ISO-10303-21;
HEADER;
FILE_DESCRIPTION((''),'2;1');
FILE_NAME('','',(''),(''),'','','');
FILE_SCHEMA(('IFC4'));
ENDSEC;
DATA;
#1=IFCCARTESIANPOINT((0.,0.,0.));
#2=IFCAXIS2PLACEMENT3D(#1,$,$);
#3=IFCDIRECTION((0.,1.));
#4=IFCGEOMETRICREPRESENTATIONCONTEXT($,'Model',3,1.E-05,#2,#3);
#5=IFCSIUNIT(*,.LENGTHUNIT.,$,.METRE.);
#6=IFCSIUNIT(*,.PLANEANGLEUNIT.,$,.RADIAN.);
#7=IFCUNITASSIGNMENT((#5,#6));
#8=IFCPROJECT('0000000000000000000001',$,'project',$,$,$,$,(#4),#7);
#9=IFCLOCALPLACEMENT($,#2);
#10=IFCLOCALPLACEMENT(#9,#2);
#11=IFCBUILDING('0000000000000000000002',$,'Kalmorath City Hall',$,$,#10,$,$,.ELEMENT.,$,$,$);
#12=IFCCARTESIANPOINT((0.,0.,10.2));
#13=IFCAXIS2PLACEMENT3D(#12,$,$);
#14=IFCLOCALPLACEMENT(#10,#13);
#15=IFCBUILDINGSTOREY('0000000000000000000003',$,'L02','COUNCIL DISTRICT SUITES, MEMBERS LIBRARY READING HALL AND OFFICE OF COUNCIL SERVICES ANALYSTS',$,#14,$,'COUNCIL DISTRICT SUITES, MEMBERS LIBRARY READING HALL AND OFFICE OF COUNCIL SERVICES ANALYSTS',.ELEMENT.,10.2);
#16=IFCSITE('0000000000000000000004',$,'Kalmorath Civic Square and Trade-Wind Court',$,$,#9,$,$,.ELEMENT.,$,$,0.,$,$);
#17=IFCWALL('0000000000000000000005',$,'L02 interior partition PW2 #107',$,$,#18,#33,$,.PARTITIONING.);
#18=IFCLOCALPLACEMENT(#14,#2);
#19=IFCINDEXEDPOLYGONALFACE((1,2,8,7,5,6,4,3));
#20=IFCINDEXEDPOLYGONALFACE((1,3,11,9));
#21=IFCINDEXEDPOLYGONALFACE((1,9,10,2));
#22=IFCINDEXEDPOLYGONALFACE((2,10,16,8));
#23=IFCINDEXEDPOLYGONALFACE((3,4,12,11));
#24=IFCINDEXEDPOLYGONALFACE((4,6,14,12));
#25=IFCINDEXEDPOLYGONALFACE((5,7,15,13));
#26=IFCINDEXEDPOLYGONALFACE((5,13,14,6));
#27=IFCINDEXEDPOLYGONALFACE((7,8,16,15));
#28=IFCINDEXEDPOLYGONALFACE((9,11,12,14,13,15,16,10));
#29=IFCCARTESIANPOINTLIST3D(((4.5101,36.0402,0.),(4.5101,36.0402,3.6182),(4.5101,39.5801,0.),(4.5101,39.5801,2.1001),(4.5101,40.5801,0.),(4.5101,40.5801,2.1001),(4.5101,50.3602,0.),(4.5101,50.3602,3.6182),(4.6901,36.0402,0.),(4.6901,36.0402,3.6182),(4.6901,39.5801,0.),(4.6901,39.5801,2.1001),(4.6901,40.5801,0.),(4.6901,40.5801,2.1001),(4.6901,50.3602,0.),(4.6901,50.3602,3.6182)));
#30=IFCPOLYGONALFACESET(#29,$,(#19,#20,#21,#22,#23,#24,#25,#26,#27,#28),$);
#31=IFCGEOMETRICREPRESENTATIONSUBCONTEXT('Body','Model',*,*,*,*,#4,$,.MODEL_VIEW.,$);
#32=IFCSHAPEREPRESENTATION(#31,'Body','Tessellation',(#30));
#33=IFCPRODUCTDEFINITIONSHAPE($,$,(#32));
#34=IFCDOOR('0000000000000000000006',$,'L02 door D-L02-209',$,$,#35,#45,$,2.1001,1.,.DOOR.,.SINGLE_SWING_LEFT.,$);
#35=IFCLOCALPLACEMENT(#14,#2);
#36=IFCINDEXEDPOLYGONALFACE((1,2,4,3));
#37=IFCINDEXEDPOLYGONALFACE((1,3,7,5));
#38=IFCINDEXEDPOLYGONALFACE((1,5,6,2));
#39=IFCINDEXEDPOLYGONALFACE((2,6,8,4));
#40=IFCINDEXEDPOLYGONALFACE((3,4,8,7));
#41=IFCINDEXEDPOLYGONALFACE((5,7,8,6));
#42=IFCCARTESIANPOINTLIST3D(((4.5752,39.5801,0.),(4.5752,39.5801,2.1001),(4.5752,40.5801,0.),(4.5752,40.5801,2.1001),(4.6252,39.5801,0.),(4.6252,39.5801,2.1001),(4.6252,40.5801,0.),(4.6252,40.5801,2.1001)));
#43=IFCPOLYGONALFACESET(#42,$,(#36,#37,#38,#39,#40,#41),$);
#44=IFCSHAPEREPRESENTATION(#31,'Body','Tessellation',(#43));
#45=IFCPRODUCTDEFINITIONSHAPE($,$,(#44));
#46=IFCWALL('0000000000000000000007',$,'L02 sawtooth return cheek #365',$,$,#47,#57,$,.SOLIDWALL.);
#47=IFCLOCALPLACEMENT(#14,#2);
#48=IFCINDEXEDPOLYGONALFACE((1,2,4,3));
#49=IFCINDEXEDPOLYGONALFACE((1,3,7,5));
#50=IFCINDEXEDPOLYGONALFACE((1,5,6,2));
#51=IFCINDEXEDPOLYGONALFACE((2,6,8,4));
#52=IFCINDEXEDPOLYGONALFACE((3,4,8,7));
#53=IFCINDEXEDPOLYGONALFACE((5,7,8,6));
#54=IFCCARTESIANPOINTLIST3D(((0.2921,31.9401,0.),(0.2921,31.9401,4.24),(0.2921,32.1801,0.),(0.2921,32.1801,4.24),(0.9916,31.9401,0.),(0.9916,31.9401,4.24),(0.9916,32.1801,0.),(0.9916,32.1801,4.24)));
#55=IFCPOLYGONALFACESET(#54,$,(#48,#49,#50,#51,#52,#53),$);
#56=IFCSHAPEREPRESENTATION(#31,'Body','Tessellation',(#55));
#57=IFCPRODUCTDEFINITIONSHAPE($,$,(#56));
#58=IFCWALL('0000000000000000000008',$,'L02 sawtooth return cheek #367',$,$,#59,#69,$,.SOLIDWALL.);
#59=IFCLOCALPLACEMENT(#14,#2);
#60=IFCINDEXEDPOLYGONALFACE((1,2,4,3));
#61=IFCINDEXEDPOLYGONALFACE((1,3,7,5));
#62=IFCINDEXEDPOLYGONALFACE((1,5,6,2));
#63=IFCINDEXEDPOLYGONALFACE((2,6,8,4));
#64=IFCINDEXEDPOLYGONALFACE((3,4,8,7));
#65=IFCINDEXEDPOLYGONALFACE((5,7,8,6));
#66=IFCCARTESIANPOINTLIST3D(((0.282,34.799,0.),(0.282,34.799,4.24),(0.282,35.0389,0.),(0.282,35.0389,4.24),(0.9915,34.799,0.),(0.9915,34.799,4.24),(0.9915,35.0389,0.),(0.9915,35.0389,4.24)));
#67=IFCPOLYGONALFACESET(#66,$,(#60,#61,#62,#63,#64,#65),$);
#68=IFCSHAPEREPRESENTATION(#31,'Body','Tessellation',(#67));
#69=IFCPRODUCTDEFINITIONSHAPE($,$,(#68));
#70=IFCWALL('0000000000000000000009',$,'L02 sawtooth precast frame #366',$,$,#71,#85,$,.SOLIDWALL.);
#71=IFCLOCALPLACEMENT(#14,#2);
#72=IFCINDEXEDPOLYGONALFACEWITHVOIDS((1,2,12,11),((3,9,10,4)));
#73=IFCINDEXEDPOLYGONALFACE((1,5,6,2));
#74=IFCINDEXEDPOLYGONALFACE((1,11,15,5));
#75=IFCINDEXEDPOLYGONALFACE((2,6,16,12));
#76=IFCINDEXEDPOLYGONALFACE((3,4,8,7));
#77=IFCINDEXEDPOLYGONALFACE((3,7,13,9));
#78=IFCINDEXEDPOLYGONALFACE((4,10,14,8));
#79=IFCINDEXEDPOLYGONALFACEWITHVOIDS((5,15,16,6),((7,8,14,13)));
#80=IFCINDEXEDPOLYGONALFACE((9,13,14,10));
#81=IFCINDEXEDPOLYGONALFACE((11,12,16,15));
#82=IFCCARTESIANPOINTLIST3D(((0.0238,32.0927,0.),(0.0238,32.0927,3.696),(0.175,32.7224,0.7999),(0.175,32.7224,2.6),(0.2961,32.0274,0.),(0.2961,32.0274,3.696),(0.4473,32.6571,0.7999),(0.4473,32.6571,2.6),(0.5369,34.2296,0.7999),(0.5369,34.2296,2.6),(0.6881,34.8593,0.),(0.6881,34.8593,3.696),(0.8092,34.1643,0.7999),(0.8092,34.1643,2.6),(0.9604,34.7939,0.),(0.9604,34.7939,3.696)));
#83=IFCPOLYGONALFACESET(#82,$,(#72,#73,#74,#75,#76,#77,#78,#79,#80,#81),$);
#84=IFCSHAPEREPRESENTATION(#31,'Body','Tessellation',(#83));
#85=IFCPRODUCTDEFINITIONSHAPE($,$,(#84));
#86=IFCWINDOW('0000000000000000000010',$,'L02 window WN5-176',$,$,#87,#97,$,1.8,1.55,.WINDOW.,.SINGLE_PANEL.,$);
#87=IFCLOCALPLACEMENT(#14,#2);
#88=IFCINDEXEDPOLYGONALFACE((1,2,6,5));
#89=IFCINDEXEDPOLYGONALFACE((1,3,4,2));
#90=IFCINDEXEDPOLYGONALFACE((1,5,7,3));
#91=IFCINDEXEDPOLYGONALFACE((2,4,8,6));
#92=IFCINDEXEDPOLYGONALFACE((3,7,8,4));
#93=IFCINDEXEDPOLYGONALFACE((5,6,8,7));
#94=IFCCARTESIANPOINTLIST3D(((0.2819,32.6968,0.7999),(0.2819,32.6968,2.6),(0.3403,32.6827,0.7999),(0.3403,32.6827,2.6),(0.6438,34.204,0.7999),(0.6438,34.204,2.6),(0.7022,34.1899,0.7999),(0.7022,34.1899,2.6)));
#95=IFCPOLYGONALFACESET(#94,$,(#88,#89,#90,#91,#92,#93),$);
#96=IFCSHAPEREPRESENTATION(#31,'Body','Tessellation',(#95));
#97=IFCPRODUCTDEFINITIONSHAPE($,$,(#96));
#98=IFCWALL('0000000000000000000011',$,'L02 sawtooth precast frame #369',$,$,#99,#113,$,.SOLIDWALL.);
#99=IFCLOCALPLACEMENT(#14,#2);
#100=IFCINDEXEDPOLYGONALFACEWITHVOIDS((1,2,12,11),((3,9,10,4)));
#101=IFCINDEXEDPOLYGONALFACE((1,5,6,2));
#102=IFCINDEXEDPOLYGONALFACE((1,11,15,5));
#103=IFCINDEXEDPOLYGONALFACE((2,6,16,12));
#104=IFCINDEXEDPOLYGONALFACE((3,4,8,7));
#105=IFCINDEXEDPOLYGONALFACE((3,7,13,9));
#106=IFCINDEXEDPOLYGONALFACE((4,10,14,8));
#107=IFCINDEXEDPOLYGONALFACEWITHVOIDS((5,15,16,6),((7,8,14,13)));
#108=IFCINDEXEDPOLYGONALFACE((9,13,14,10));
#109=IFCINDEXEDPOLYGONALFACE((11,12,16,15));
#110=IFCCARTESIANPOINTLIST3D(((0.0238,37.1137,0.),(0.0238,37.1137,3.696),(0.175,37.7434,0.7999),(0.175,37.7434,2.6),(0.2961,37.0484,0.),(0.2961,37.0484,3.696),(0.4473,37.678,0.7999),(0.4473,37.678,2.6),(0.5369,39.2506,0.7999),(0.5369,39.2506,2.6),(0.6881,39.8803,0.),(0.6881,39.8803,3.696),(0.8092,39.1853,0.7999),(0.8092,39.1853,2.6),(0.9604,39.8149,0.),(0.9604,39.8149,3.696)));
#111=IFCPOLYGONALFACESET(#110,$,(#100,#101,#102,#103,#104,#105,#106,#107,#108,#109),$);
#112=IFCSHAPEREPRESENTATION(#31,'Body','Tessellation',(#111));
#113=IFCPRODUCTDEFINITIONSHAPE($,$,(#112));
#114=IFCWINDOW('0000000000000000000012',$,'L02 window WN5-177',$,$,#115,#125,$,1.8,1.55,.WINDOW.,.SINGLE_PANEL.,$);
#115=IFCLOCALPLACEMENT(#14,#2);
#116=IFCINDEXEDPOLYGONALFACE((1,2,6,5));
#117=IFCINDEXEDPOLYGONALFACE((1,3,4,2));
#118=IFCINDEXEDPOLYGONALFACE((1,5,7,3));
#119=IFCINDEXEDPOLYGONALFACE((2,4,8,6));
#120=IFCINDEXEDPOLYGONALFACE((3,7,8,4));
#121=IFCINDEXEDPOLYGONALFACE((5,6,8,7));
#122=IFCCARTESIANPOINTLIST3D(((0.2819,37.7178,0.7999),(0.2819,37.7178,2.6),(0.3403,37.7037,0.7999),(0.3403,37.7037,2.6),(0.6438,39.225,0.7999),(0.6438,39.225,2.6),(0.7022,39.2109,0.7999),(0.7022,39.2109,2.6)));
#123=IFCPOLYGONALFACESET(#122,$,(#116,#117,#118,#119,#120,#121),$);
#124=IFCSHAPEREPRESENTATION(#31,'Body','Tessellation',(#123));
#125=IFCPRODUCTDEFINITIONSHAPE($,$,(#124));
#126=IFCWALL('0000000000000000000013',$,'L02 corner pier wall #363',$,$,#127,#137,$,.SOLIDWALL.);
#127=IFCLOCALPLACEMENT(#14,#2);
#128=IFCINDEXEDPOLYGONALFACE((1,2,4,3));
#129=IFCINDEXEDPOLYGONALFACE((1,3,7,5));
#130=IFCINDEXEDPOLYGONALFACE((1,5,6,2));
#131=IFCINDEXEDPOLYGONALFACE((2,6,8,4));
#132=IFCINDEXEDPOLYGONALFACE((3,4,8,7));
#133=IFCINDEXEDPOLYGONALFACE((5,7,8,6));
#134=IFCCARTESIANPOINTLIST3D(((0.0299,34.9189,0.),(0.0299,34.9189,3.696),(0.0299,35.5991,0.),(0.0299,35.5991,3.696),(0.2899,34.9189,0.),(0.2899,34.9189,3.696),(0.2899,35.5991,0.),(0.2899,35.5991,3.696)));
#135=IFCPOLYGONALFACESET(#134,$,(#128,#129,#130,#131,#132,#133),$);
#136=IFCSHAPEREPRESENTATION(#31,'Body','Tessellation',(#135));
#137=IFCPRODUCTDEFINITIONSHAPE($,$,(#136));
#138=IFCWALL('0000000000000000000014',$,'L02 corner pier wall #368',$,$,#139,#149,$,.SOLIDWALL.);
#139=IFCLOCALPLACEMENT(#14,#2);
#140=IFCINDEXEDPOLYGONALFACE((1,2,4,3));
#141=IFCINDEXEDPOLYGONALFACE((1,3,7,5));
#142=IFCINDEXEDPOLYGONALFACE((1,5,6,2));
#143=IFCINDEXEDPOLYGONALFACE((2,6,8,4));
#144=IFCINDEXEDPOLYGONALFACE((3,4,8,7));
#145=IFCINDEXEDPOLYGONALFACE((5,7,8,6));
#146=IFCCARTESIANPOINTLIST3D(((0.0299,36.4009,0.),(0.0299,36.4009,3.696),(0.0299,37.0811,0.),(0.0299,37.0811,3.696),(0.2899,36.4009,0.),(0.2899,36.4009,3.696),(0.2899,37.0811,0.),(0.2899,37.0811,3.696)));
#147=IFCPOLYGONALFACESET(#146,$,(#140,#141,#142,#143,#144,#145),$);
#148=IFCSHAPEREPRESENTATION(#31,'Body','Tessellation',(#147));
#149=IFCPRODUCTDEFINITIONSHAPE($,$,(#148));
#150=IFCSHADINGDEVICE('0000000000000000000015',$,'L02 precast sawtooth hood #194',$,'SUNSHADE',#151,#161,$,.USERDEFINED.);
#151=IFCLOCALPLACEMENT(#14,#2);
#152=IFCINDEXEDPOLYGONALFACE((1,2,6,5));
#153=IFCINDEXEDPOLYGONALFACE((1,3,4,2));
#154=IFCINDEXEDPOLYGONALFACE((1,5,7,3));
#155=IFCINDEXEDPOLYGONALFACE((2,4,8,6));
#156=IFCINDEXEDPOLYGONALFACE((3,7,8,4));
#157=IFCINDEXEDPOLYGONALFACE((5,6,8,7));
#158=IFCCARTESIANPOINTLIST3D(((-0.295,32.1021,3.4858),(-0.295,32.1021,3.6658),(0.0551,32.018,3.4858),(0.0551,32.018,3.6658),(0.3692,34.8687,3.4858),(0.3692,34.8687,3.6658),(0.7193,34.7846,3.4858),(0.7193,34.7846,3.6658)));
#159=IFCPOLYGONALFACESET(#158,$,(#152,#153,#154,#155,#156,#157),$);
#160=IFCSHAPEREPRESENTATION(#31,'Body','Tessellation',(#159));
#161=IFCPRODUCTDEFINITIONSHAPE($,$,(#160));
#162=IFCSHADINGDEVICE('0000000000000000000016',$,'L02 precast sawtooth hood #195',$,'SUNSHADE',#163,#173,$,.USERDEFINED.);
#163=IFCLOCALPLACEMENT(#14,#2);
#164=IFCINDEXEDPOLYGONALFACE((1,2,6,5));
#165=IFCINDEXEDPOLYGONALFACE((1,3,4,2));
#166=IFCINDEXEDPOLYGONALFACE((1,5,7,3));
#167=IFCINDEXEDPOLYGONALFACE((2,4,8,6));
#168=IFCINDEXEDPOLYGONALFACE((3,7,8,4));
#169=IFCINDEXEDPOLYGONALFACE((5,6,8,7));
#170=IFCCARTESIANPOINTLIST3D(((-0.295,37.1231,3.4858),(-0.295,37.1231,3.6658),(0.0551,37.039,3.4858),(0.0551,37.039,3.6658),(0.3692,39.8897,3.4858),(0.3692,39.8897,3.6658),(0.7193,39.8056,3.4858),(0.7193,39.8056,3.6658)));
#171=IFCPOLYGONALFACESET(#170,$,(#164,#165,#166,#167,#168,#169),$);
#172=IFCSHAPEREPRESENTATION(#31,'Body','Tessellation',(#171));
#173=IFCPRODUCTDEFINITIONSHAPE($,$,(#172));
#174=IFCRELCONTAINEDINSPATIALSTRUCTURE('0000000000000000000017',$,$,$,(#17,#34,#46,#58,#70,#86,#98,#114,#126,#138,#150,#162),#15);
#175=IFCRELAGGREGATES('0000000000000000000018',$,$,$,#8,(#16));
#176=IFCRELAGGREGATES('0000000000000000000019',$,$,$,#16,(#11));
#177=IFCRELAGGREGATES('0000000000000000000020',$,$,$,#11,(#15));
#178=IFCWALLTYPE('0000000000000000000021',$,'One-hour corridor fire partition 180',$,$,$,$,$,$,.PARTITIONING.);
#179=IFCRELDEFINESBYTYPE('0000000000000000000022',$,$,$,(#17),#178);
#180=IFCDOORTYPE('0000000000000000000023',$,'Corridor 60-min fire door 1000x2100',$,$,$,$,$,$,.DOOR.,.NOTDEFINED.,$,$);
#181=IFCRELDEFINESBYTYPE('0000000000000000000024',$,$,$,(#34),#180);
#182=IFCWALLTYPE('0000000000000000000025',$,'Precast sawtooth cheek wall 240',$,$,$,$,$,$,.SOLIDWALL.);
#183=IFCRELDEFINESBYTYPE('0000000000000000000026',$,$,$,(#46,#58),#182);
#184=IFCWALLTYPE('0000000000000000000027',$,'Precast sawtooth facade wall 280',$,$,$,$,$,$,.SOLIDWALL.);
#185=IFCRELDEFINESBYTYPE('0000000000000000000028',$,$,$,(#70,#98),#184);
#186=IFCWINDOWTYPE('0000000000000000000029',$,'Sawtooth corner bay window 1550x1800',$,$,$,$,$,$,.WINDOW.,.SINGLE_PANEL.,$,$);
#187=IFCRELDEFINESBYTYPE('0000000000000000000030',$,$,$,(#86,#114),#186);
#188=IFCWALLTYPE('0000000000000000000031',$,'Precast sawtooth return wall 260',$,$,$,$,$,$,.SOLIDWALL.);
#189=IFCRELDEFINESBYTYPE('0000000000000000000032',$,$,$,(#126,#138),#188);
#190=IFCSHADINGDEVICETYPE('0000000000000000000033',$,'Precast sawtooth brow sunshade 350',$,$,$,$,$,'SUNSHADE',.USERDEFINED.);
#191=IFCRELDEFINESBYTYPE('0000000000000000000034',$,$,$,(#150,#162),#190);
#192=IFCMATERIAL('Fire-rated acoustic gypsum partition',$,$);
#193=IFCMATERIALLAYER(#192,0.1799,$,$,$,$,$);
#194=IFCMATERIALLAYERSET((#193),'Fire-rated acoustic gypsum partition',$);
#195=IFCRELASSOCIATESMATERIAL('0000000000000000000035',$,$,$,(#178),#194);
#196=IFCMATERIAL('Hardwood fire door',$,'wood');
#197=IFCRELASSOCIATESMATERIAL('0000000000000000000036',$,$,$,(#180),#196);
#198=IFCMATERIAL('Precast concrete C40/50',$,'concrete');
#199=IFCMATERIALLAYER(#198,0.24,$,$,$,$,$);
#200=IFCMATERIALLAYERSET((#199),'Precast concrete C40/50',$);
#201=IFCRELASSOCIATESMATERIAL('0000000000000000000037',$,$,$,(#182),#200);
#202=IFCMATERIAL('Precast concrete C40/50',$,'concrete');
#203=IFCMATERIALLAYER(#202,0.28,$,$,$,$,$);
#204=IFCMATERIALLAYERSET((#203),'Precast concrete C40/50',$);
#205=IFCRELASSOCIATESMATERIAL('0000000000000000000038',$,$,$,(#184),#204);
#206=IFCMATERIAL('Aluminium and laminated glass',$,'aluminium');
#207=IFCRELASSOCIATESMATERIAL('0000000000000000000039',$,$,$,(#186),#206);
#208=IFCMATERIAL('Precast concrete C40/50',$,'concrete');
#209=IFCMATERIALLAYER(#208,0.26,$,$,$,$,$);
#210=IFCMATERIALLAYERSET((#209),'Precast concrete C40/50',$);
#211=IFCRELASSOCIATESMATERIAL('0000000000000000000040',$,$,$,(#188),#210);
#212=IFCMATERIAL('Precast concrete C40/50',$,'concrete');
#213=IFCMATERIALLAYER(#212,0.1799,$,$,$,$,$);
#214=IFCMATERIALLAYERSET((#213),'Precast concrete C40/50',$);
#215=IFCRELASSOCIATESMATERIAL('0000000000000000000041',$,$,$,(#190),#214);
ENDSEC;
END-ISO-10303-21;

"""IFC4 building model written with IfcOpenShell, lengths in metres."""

from ifc_helpers import new_model, si_unit, direction, frame, frame_2d, origin, origin_2d, place, context, subcontext, project, spatial, rectangle, extrude, material, layer, layer_set, type_object, element, fill, save


model = new_model("IFC4")

# Units and contexts
model_context = context("Model", 3, precision=1e-05, world=origin(), true_north=direction((0.0, 1.0)))
body_context = subcontext(model_context, "Body", "Model", "MODEL_VIEW")
ifc_project = project(units=[si_unit("LENGTHUNIT", "METRE"), si_unit("PLANEANGLEUNIT", "RADIAN")], contexts=[model_context])

# Site, building, storey
site_placement = place(None, origin())
site = spatial("IfcSite", under=ifc_project, at=site_placement, Name="Kalmorath Civic Square and Trade-Wind Court", CompositionType="ELEMENT", RefElevation=0.0)
building_placement = place(site_placement, origin())
building = spatial("IfcBuilding", under=site, at=building_placement, Name="Kalmorath City Hall", CompositionType="ELEMENT")
storey_placement = place(building_placement, frame((0.0, 0.0, 10.2)))
storey = spatial("IfcBuildingStorey", under=building, at=storey_placement, Name="L02", Description="COUNCIL DISTRICT SUITES, MEMBERS LIBRARY READING HALL AND OFFICE OF COUNCIL SERVICES ANALYSTS", LongName="COUNCIL DISTRICT SUITES, MEMBERS LIBRARY READING HALL AND OFFICE OF COUNCIL SERVICES ANALYSTS", CompositionType="ELEMENT", Elevation=10.2)

# Wall, opening, door
ifc_material_1 = material(Name="Fire-rated acoustic gypsum partition")
ifc_layer_1 = layer(ifc_material_1, 0.1799)
ifc_layer_set_1 = layer_set([ifc_layer_1], Name="Fire-rated acoustic gypsum partition")
wall_type_1 = type_object("IfcWallType", Name="One-hour corridor fire partition 180", PredefinedType="PARTITIONING", material=ifc_layer_set_1)
wall_1_placement = place(storey_placement, frame((4.6001, 36.04, 0.0), z_axis=(0.0, 0.0, 1.0), x_axis=(0.0, 1.0, 0.0)))
wall_1 = element("IfcWall", 1, at=wall_1_placement, inside=storey, type_object=wall_type_1, Name="L02 interior partition PW2 #107", PredefinedType="PARTITIONING", context=body_context, shape_type="SweptSolid", body=[
    extrude(rectangle(XDim=14.3201, YDim=0.1799, at=frame_2d((7.1602, 0.0))), origin(), (0.0, 0.0, 1.0), 3.6182),
])
opening_1_placement = place(wall_1_placement, frame((3.54, 0.0, 0.0)))
opening_1 = element("IfcOpeningElement", 2, at=opening_1_placement, cuts=wall_1, PredefinedType="OPENING", context=body_context, shape_type="SweptSolid", body=[
    extrude(rectangle(XDim=1.0, YDim=2.1001, at=frame_2d((0.5, 1.05))), frame((0.0, 0.0999, 0.0), z_axis=(0.0, -1.0, 0.0), x_axis=(1.0, 0.0, 0.0)), (0.0, 0.0, 1.0), 0.2),
])
ifc_material_2 = material(Name="Hardwood fire door", Category="wood")
door_type = type_object("IfcDoorType", Name="Corridor 60-min fire door 1000x2100", OperationType="NOTDEFINED", PredefinedType="DOOR", material=ifc_material_2)
door_placement = place(opening_1_placement, origin())
door = element("IfcDoor", 3, at=door_placement, inside=storey, type_object=door_type, Name="L02 door D-L02-209", OperationType="SINGLE_SWING_LEFT", OverallHeight=2.1001, OverallWidth=1.0, PredefinedType="DOOR", context=body_context, shape_type="SweptSolid", body=[
    extrude(rectangle(XDim=1.0, YDim=2.1001, at=frame_2d((0.5, 1.05))), frame((0.0, 0.0249, 0.0), z_axis=(0.0, -1.0, 0.0), x_axis=(1.0, 0.0, 0.0)), (0.0, 0.0, 1.0), 0.05),
])
fill(opening_1, door)

# Walls
ifc_material_3 = material(Name="Precast concrete C40/50", Category="concrete")
ifc_layer_2 = layer(ifc_material_3, 0.24)
ifc_layer_set_2 = layer_set([ifc_layer_2], Name="Precast concrete C40/50")
wall_type_2 = type_object("IfcWallType", Name="Precast sawtooth cheek wall 240", PredefinedType="SOLIDWALL", material=ifc_layer_set_2)
wall_2_placement = place(storey_placement, frame((0.9915, 32.0601, 0.0), z_axis=(0.0, 0.0, 1.0), x_axis=(-1.0, 0.0, 0.0)))
element("IfcWall", 4, at=wall_2_placement, inside=storey, type_object=wall_type_2, Name="L02 sawtooth return cheek #365", PredefinedType="SOLIDWALL", context=body_context, shape_type="SweptSolid", body=[
    extrude(rectangle(XDim=0.6995, YDim=0.24, at=frame_2d((0.3496, 0.0))), origin(), (0.0, 0.0, 1.0), 4.24),
])
wall_3_placement = place(storey_placement, frame((0.9915, 34.9189, 0.0), z_axis=(0.0, 0.0, 1.0), x_axis=(-1.0, 0.0, 0.0)))
element("IfcWall", 5, at=wall_3_placement, inside=storey, type_object=wall_type_2, Name="L02 sawtooth return cheek #367", PredefinedType="SOLIDWALL", context=body_context, shape_type="SweptSolid", body=[
    extrude(rectangle(XDim=0.7095, YDim=0.24, at=frame_2d((0.3547, 0.0))), origin(), (0.0, 0.0, 1.0), 4.24),
])

# Walls, openings, windows
ifc_material_4 = material(Name="Precast concrete C40/50", Category="concrete")
ifc_layer_3 = layer(ifc_material_4, 0.28)
ifc_layer_set_3 = layer_set([ifc_layer_3], Name="Precast concrete C40/50")
wall_type_3 = type_object("IfcWallType", Name="Precast sawtooth facade wall 280", PredefinedType="SOLIDWALL", material=ifc_layer_set_3)
wall_4_placement = place(storey_placement, frame((0.1599, 32.0601, 0.0), z_axis=(0.0, 0.0, 1.0), x_axis=(0.23348, 0.972362, 0.0)))
wall_4 = element("IfcWall", 6, at=wall_4_placement, inside=storey, type_object=wall_type_3, Name="L02 sawtooth precast frame #366", PredefinedType="SOLIDWALL", context=body_context, shape_type="SweptSolid", body=[
    extrude(rectangle(XDim=2.8452, YDim=0.28, at=frame_2d((1.4226, 0.0))), origin(), (0.0, 0.0, 1.0), 3.696),
])
opening_2_placement = place(wall_4_placement, frame((0.6477, 0.0, 0.8)))
opening_2 = element("IfcOpeningElement", 7, at=opening_2_placement, cuts=wall_4, PredefinedType="OPENING", context=body_context, shape_type="SweptSolid", body=[
    extrude(rectangle(XDim=1.55, YDim=1.8, at=frame_2d((0.7749, 0.8999))), frame((0.0, 0.1499, 0.0), z_axis=(0.0, -1.0, 0.0), x_axis=(1.0, 0.0, 0.0)), (0.0, 0.0, 1.0), 0.3),
])
ifc_material_5 = material(Name="Aluminium and laminated glass", Category="aluminium")
window_type = type_object("IfcWindowType", Name="Sawtooth corner bay window 1550x1800", PartitioningType="SINGLE_PANEL", PredefinedType="WINDOW", material=ifc_material_5)
window_1_placement = place(opening_2_placement, origin())
window_1 = element("IfcWindow", 8, at=window_1_placement, inside=storey, type_object=window_type, Name="L02 window WN5-176", OverallHeight=1.8, OverallWidth=1.55, PartitioningType="SINGLE_PANEL", PredefinedType="WINDOW", context=body_context, shape_type="SweptSolid", body=[
    extrude(rectangle(XDim=1.55, YDim=1.8, at=frame_2d((0.7749, 0.8999))), frame((0.0, 0.03, 0.0), z_axis=(0.0, -1.0, 0.0), x_axis=(1.0, 0.0, 0.0)), (0.0, 0.0, 1.0), 0.0601),
])
fill(opening_2, window_1)
wall_5_placement = place(storey_placement, frame((0.1599, 37.0811, 0.0), z_axis=(0.0, 0.0, 1.0), x_axis=(0.23348, 0.972362, 0.0)))
wall_5 = element("IfcWall", 9, at=wall_5_placement, inside=storey, type_object=wall_type_3, Name="L02 sawtooth precast frame #369", PredefinedType="SOLIDWALL", context=body_context, shape_type="SweptSolid", body=[
    extrude(rectangle(XDim=2.8452, YDim=0.28, at=frame_2d((1.4226, 0.0))), origin(), (0.0, 0.0, 1.0), 3.696),
])
opening_3_placement = place(wall_5_placement, frame((0.6477, 0.0, 0.8)))
opening_3 = element("IfcOpeningElement", 10, at=opening_3_placement, cuts=wall_5, PredefinedType="OPENING", context=body_context, shape_type="SweptSolid", body=[
    extrude(rectangle(XDim=1.55, YDim=1.8, at=frame_2d((0.7749, 0.8999))), frame((0.0, 0.1499, 0.0), z_axis=(0.0, -1.0, 0.0), x_axis=(1.0, 0.0, 0.0)), (0.0, 0.0, 1.0), 0.3),
])
window_2_placement = place(opening_3_placement, origin())
window_2 = element("IfcWindow", 11, at=window_2_placement, inside=storey, type_object=window_type, Name="L02 window WN5-177", OverallHeight=1.8, OverallWidth=1.55, PartitioningType="SINGLE_PANEL", PredefinedType="WINDOW", context=body_context, shape_type="SweptSolid", body=[
    extrude(rectangle(XDim=1.55, YDim=1.8, at=frame_2d((0.7749, 0.8999))), frame((0.0, 0.03, 0.0), z_axis=(0.0, -1.0, 0.0), x_axis=(1.0, 0.0, 0.0)), (0.0, 0.0, 1.0), 0.0601),
])
fill(opening_3, window_2)

# Walls
ifc_material_6 = material(Name="Precast concrete C40/50", Category="concrete")
ifc_layer_4 = layer(ifc_material_6, 0.26)
ifc_layer_set_4 = layer_set([ifc_layer_4], Name="Precast concrete C40/50")
wall_type_4 = type_object("IfcWallType", Name="Precast sawtooth return wall 260", PredefinedType="SOLIDWALL", material=ifc_layer_set_4)
for number, where, z_axis, x_axis, name in (
    (12, (0.1599, 34.9189, 0.0), (0.0, 0.0, 1.0), (0.0, 1.0, 0.0), "L02 corner pier wall #363"),
    (13, (0.1599, 36.4009, 0.0), (0.0, 0.0, 1.0), (0.0, 1.0, 0.0), "L02 corner pier wall #368"),
):
    element("IfcWall", number, at=place(storey_placement, frame(where, z_axis=z_axis, x_axis=x_axis)), inside=storey, type_object=wall_type_4, Name=name, PredefinedType="SOLIDWALL", context=body_context, shape_type="SweptSolid", body=[
        extrude(rectangle(XDim=0.6802, YDim=0.26, at=frame_2d((0.3401, 0.0))), origin(), (0.0, 0.0, 1.0), 3.696),
    ])

# Shading devices
ifc_material_7 = material(Name="Precast concrete C40/50", Category="concrete")
ifc_layer_5 = layer(ifc_material_7, 0.1799)
ifc_layer_set_5 = layer_set([ifc_layer_5], Name="Precast concrete C40/50")
shading_device_type = type_object("IfcShadingDeviceType", Name="Precast sawtooth brow sunshade 350", ElementType="SUNSHADE", PredefinedType="USERDEFINED", material=ifc_layer_set_5)
for number, where, z_axis, x_axis, name in (
    (14, (0.2122, 33.4434, 3.4858), (0.0, 0.0, 1.0), (0.233445, 0.97237, 0.0), "L02 precast sawtooth hood #194"),
    (15, (0.2122, 38.4644, 3.4858), (0.0, 0.0, 1.0), (0.233445, 0.97237, 0.0), "L02 precast sawtooth hood #195"),
):
    element("IfcShadingDevice", number, at=place(storey_placement, frame(where, z_axis=z_axis, x_axis=x_axis)), inside=storey, type_object=shading_device_type, Name=name, ObjectType="SUNSHADE", PredefinedType="USERDEFINED", context=body_context, shape_type="SweptSolid", body=[
        extrude(rectangle(XDim=2.8452, YDim=0.3601, at=origin_2d()), origin(), (0.0, 0.0, 1.0), 0.1799),
    ])

save(model, "model.ifc")
